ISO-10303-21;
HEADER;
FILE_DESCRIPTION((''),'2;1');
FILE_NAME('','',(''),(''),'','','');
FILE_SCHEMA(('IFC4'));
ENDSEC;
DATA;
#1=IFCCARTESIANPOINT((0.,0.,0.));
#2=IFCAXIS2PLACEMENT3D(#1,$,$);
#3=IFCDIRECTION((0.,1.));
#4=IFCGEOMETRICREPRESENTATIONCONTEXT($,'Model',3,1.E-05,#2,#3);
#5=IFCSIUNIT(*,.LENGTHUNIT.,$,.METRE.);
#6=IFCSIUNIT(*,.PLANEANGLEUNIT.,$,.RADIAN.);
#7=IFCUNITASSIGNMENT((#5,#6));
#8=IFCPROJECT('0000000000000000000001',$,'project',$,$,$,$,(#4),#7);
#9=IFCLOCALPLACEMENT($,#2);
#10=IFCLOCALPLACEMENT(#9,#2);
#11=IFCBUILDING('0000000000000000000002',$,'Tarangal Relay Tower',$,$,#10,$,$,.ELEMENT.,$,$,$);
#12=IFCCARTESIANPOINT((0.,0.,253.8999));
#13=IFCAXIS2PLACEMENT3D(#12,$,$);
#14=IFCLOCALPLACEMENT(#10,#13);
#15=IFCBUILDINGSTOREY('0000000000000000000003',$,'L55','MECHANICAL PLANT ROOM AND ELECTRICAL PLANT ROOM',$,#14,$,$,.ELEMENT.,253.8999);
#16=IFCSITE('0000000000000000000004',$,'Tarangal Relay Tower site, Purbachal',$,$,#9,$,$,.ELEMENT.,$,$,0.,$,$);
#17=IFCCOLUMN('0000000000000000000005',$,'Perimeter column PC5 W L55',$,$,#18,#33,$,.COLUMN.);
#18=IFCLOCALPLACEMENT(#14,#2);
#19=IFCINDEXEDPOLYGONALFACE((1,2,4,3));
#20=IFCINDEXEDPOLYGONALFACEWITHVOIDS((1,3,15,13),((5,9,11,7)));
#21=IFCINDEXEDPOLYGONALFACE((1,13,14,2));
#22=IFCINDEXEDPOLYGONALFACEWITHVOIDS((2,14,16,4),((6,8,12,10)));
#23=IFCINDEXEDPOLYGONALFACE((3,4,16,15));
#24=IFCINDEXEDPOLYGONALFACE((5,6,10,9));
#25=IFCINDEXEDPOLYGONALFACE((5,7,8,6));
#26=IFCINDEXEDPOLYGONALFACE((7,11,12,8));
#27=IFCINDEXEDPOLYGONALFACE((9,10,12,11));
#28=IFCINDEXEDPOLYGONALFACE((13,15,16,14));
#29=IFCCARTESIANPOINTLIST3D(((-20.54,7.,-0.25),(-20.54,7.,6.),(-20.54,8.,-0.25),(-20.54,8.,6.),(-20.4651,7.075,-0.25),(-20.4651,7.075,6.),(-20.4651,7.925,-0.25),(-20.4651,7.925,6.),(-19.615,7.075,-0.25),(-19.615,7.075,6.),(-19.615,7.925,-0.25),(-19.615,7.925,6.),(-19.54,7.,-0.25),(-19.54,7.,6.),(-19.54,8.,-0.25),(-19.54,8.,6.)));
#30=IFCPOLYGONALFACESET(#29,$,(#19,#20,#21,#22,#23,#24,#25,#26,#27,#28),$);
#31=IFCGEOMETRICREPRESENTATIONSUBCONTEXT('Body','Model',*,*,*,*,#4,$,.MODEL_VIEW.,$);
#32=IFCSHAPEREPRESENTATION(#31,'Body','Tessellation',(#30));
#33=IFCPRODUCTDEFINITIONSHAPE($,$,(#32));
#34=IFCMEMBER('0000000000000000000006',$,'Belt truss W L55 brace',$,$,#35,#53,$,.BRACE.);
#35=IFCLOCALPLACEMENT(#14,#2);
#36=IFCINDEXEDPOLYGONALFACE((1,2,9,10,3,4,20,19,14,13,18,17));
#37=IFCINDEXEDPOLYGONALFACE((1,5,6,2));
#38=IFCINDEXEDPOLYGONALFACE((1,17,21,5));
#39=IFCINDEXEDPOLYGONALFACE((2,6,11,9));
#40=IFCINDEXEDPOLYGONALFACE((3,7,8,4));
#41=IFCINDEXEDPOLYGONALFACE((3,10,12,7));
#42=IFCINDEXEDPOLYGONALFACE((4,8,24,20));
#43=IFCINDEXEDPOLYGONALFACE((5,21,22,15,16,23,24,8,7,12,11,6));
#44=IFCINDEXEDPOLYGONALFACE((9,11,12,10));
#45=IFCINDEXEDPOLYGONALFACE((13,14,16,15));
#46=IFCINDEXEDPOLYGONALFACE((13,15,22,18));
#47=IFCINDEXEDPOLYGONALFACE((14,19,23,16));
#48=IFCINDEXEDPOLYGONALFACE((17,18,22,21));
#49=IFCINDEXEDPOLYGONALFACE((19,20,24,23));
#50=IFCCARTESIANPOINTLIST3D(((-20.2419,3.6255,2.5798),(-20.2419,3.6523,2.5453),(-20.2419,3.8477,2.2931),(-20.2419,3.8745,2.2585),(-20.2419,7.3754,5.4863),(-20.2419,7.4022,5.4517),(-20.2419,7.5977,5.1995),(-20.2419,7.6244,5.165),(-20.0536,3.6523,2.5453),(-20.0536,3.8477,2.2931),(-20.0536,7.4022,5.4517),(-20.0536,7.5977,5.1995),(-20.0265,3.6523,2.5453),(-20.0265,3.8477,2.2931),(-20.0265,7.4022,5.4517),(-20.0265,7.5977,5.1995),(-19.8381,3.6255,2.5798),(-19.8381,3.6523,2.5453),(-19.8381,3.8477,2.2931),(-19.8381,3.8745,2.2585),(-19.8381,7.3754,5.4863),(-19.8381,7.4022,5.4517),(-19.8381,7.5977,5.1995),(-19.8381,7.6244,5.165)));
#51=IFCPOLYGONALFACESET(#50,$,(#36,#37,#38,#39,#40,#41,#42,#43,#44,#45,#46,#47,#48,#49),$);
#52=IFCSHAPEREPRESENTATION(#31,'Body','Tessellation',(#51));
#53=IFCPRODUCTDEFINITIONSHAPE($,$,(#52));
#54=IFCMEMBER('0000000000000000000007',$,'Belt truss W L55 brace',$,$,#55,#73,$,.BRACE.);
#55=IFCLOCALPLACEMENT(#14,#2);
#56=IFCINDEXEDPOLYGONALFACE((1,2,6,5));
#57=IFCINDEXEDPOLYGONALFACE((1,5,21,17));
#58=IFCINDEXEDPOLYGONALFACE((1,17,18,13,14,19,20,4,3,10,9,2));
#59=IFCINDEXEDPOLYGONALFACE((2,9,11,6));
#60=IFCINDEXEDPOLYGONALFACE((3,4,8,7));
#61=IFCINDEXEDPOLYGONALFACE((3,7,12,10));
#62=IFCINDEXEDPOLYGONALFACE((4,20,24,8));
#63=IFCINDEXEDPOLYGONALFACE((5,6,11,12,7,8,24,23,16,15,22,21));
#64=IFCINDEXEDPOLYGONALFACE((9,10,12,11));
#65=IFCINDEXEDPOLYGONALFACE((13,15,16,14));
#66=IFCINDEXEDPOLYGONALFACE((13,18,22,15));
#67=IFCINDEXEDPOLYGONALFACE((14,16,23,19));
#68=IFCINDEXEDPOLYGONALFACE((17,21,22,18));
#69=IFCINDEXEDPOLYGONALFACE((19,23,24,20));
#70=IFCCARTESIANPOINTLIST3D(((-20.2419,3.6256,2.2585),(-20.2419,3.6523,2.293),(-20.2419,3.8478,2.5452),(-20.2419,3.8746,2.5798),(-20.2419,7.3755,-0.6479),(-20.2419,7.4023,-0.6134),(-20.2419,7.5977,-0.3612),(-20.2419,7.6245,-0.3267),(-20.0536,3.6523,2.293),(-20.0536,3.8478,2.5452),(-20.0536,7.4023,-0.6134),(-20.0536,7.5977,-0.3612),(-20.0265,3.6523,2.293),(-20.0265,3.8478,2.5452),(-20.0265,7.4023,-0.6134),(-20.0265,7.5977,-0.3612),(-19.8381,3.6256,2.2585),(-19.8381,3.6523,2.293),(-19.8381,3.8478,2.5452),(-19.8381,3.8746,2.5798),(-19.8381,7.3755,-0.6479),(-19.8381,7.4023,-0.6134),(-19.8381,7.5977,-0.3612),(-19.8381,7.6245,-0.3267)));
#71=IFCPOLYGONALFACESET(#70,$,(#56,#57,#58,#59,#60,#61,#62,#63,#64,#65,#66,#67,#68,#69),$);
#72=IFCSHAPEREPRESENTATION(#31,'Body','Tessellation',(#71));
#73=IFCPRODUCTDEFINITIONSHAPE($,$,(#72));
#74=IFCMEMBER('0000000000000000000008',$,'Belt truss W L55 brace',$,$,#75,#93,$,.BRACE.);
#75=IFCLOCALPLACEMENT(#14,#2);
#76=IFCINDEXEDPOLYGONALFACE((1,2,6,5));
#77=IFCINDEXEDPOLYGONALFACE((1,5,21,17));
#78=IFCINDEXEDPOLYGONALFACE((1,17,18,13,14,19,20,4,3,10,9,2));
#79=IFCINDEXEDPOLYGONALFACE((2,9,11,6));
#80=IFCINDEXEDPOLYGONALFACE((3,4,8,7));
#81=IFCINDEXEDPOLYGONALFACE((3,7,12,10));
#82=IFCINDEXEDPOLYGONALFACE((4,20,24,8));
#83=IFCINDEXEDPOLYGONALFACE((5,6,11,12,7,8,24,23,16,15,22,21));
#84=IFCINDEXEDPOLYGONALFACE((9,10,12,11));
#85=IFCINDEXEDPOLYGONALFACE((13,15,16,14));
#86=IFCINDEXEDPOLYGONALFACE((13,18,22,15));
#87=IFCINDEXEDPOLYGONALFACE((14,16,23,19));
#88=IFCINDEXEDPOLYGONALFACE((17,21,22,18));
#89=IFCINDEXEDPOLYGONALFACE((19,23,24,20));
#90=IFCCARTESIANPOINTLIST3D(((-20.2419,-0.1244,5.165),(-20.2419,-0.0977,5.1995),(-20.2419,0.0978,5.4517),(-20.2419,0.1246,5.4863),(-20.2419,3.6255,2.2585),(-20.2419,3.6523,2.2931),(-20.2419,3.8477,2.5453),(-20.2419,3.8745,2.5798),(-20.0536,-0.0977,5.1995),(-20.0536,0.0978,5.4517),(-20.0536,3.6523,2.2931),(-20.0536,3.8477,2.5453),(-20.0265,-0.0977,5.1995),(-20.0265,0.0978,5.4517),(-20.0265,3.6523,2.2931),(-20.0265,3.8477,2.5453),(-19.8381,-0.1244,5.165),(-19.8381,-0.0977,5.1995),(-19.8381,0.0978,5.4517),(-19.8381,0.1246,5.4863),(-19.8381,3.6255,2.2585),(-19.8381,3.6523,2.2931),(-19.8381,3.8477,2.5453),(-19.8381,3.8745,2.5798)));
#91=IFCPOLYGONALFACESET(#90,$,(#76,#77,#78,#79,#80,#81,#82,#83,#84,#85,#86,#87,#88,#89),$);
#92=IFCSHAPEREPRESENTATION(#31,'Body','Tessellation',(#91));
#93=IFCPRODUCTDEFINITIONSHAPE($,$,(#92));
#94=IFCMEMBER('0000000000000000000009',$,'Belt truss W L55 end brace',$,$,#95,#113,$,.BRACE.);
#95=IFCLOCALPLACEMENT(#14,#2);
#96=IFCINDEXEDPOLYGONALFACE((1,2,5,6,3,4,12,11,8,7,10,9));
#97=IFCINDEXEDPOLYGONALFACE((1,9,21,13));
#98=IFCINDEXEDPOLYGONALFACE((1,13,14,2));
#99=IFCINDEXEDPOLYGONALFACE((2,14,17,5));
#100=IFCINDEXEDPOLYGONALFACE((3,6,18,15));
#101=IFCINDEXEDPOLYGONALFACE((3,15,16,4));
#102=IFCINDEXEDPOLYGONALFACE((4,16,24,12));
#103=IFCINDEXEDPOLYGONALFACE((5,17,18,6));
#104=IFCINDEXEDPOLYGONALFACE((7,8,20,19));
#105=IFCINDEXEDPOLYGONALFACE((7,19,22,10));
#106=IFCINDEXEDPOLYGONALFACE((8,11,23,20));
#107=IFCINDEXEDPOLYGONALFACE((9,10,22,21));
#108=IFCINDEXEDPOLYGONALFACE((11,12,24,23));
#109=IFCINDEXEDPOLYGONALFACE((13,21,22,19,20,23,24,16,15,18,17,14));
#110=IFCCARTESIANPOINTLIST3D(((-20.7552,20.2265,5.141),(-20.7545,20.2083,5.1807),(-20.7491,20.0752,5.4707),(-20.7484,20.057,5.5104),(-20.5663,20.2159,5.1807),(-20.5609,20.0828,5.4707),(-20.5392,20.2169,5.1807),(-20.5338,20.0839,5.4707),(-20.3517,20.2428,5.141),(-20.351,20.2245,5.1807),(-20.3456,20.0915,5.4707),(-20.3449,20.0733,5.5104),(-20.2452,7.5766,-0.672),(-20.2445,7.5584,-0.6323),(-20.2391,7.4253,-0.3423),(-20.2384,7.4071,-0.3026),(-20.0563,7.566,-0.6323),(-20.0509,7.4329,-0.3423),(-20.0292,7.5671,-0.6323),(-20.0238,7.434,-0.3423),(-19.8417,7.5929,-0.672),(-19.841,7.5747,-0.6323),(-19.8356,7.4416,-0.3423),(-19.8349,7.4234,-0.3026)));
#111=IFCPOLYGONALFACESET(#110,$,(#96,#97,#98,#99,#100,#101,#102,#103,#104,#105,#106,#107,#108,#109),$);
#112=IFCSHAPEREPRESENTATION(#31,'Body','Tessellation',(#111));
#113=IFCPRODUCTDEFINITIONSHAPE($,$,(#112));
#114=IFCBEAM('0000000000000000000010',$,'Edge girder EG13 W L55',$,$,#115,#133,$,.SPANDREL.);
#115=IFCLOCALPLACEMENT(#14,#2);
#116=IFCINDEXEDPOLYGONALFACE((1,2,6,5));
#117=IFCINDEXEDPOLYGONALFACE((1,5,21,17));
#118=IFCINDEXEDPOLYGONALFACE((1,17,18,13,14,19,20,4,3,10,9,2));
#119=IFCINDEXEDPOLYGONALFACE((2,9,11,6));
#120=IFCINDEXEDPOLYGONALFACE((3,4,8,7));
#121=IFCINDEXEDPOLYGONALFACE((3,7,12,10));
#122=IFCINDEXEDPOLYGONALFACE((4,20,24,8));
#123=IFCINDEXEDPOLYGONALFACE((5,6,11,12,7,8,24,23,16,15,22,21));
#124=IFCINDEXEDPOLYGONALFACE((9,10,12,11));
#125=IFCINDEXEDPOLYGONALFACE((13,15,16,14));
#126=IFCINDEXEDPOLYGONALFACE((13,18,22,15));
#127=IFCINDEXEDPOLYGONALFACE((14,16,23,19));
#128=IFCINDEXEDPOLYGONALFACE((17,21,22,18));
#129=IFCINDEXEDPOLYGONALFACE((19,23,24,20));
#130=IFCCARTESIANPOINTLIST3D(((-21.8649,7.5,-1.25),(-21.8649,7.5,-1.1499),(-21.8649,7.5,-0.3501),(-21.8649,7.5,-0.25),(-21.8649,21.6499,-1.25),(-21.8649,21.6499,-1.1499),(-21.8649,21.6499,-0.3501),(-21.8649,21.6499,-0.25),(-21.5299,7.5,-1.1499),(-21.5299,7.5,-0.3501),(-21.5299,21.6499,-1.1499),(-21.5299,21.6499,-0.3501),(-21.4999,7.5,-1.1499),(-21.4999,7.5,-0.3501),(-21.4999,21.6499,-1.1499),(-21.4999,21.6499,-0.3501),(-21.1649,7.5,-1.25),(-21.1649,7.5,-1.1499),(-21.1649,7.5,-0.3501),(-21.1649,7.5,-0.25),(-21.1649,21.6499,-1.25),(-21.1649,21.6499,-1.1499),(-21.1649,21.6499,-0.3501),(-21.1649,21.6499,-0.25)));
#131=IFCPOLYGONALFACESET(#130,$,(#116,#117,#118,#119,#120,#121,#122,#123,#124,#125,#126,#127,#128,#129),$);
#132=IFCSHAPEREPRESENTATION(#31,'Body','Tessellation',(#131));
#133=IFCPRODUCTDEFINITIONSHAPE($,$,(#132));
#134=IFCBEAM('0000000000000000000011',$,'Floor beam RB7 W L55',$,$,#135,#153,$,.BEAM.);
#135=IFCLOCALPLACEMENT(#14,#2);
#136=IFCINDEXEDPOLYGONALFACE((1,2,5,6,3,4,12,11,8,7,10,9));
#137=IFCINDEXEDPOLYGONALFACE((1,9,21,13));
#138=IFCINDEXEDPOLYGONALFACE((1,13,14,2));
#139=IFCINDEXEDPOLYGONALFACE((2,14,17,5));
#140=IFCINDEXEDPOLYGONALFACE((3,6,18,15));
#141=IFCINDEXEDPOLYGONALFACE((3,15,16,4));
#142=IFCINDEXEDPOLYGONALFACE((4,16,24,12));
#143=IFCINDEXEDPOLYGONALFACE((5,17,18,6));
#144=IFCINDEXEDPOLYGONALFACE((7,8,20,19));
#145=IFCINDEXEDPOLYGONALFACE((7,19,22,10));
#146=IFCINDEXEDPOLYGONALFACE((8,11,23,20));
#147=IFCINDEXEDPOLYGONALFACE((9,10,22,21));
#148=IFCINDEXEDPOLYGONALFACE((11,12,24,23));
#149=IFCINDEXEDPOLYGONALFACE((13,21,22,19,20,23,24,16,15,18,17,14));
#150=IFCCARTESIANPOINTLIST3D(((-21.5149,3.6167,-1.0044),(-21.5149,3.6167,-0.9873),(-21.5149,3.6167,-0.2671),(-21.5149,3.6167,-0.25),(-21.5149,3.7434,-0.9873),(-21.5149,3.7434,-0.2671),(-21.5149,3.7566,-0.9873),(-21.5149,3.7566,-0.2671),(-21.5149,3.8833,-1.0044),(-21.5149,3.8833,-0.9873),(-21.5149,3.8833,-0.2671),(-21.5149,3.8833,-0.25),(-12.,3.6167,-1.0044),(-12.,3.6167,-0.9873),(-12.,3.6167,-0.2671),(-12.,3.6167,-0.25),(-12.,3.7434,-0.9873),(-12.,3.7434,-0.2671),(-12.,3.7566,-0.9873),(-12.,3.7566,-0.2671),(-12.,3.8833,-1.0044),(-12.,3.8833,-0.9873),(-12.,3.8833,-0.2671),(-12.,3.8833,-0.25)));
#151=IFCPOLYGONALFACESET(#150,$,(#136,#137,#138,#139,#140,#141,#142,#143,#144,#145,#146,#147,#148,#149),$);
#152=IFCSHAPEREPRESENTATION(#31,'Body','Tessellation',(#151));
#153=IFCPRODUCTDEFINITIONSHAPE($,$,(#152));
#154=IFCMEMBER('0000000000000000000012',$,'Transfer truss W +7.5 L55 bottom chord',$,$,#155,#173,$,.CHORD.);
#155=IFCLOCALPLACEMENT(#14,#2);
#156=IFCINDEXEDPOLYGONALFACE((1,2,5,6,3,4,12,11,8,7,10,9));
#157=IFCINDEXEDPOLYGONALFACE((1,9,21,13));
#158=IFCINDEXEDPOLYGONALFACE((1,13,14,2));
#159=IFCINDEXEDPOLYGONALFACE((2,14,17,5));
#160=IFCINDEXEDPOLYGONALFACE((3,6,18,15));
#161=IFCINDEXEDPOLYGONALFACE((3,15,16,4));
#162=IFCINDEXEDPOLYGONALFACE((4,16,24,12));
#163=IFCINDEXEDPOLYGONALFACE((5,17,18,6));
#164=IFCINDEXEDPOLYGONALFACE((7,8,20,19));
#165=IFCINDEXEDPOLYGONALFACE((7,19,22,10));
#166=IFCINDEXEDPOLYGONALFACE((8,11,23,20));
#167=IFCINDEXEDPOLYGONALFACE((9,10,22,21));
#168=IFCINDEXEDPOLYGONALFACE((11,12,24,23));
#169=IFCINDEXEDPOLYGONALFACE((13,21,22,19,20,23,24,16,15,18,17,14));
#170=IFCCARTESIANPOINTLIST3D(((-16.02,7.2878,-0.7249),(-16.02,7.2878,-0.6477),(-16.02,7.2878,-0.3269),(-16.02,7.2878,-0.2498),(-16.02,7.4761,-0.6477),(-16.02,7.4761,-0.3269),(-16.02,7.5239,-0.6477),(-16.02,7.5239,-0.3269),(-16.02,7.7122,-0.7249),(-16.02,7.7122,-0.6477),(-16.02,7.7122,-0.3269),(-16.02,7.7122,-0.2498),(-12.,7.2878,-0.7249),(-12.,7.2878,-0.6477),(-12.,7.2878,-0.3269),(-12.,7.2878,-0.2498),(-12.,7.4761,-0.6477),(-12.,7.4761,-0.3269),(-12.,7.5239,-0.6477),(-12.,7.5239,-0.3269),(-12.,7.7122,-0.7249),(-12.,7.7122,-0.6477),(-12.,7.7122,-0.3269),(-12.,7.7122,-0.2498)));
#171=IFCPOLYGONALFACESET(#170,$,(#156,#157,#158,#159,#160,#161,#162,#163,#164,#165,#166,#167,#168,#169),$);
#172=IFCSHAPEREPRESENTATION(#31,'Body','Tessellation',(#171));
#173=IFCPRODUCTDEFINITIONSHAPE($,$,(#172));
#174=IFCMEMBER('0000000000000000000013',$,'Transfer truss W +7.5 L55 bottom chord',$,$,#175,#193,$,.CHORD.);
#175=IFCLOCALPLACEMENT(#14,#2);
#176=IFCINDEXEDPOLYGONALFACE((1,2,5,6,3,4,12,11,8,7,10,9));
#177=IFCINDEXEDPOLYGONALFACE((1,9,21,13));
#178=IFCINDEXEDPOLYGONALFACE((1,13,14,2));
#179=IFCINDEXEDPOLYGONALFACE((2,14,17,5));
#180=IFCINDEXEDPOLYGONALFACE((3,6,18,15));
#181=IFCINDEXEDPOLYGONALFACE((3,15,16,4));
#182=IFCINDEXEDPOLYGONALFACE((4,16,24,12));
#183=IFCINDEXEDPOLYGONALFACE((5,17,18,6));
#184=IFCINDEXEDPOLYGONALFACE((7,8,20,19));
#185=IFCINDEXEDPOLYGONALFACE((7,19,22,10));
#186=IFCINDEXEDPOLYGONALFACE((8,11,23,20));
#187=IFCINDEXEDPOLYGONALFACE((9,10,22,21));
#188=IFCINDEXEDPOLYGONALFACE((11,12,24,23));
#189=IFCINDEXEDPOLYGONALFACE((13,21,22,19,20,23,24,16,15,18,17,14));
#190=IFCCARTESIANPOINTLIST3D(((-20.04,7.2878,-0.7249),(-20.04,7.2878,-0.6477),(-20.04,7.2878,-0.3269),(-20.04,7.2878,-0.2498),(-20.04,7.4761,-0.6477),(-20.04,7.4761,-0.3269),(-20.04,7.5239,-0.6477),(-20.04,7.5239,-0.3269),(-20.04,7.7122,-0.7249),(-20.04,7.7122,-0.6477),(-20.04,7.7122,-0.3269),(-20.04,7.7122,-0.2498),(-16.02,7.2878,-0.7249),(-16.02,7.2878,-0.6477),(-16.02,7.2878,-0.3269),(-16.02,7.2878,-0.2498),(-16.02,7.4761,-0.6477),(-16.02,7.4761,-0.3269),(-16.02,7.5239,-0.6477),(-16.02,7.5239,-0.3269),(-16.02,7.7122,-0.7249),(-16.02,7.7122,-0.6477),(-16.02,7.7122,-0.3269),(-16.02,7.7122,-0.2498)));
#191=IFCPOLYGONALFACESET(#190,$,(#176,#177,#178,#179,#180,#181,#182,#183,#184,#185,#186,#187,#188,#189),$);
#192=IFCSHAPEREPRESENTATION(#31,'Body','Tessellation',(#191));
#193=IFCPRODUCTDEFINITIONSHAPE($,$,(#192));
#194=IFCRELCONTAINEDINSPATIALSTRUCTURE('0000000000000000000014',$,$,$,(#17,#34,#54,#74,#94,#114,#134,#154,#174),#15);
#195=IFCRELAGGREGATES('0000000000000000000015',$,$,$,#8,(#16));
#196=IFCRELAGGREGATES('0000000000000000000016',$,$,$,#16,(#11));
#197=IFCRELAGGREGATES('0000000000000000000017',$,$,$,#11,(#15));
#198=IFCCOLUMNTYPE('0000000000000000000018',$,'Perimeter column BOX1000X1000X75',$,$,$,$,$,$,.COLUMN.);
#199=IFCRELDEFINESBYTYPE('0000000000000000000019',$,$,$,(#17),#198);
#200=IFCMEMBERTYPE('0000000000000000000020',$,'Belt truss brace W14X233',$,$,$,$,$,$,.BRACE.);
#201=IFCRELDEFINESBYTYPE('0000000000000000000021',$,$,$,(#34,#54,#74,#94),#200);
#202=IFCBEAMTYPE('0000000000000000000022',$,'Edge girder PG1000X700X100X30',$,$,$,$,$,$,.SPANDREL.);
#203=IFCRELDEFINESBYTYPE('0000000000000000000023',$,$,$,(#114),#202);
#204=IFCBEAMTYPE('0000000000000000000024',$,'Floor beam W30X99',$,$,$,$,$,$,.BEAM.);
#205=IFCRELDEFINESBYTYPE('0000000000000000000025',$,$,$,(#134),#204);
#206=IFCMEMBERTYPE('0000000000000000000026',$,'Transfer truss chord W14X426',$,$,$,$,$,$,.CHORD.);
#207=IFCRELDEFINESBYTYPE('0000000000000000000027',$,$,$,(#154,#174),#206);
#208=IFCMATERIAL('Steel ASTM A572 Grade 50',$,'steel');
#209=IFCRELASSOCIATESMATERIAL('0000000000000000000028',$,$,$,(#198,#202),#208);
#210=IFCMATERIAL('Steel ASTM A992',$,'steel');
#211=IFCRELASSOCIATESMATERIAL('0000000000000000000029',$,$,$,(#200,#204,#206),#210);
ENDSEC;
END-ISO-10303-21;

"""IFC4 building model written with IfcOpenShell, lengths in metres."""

from ifc_helpers import new_model, si_unit, direction, frame, origin, origin_2d, place, context, subcontext, project, spatial, hollow_rectangle, i_section, extrude, material, material_profile, profile_set, type_object, element, save


model = new_model("IFC4")

# Units and contexts
model_context = context("Model", 3, precision=1e-05, world=origin(), true_north=direction((0.0, 1.0)))
body_context = subcontext(model_context, "Body", "Model", "MODEL_VIEW")
ifc_project = project(units=[si_unit("LENGTHUNIT", "METRE"), si_unit("PLANEANGLEUNIT", "RADIAN")], contexts=[model_context])

# Site, building, storey
site_placement = place(None, origin())
site = spatial("IfcSite", under=ifc_project, at=site_placement, Name="Tarangal Relay Tower site, Purbachal", CompositionType="ELEMENT", RefElevation=0.0)
building_placement = place(site_placement, origin())
building = spatial("IfcBuilding", under=site, at=building_placement, Name="Tarangal Relay Tower", CompositionType="ELEMENT")
storey_placement = place(building_placement, frame((0.0, 0.0, 253.8999)))
storey = spatial("IfcBuildingStorey", under=building, at=storey_placement, Name="L55", Description="MECHANICAL PLANT ROOM AND ELECTRICAL PLANT ROOM", CompositionType="ELEMENT", Elevation=253.8999)

# Column
ifc_material_1 = material(Name="Steel ASTM A572 Grade 50", Category="steel")
ifc_material_profile_1 = material_profile(ifc_material_1, hollow_rectangle(XDim=1.0, YDim=1.0, WallThickness=0.075, at=origin_2d()), Name="BOX1000X1000X75")
ifc_profile_set_1 = profile_set([ifc_material_profile_1], Name="Steel ASTM A572 Grade 50")
column_type = type_object("IfcColumnType", Name="Perimeter column BOX1000X1000X75", PredefinedType="COLUMN", material=ifc_profile_set_1)
column_placement = place(storey_placement, frame((-20.04, 7.5, -0.25), z_axis=(0.0, 0.0, 1.0), x_axis=(1.0, 0.0, 0.0)))
element("IfcColumn", 1, at=column_placement, inside=storey, type_object=column_type, Name="Perimeter column PC5 W L55", PredefinedType="COLUMN", context=body_context, shape_type="SweptSolid", body=[
    extrude(hollow_rectangle(XDim=1.0, YDim=1.0, WallThickness=0.075, at=origin_2d()), origin(), (0.0, 0.0, 1.0), 6.25),
])

# Members
ifc_material_2 = material(Name="Steel ASTM A992", Category="steel")
ifc_material_profile_2 = material_profile(ifc_material_2, i_section(OverallWidth=0.4038, OverallDepth=0.4065, WebThickness=0.0271, FlangeThickness=0.0437, at=origin_2d()), Name="W14X233")
ifc_profile_set_2 = profile_set([ifc_material_profile_2], Name="Steel ASTM A992")
member_type_1 = type_object("IfcMemberType", Name="Belt truss brace W14X233", PredefinedType="BRACE", material=ifc_profile_set_2)
for number, where, z_axis, x_axis, name in (
    (2, (-20.04, 3.75, 2.4192), (0.0, 0.79039, 0.612604), (-1.0, 0.0, 0.0), "Belt truss W L55 brace"),
    (3, (-20.04, 7.5, -0.4873), (0.0, -0.79039, 0.612604), (1.0, 0.0, 0.0), "Belt truss W L55 brace"),
    (4, (-20.04, 3.75, 2.4192), (0.0, -0.79039, 0.612604), (1.0, 0.0, 0.0), "Belt truss W L55 brace"),
):
    element("IfcMember", number, at=place(storey_placement, frame(where, z_axis=z_axis, x_axis=x_axis)), inside=storey, type_object=member_type_1, Name=name, PredefinedType="BRACE", context=body_context, shape_type="SweptSolid", body=[
        extrude(i_section(OverallWidth=0.4038, OverallDepth=0.4065, WebThickness=0.0271, FlangeThickness=0.0437, at=origin_2d()), origin(), (0.0, 0.0, 1.0), 4.7444),
    ])
member_1_placement = place(storey_placement, frame((-20.04, 7.5, -0.4873), z_axis=(-0.03661, 0.908044, 0.417272), x_axis=(-0.999188, -0.040285, 0.0)))
element("IfcMember", 5, at=member_1_placement, inside=storey, type_object=member_type_1, Name="Belt truss W L55 end brace", PredefinedType="BRACE", context=body_context, shape_type="SweptSolid", body=[
    extrude(i_section(OverallWidth=0.4038, OverallDepth=0.4065, WebThickness=0.0271, FlangeThickness=0.0437, at=origin_2d()), origin(), (0.0, 0.0, 1.0), 13.9309),
])

# Beams
ifc_material_profile_3 = material_profile(ifc_material_1, i_section(OverallWidth=0.7, OverallDepth=1.0, WebThickness=0.03, FlangeThickness=0.1001, at=origin_2d()), Name="PG1000X700X100X30")
ifc_profile_set_3 = profile_set([ifc_material_profile_3], Name="Steel ASTM A572 Grade 50")
beam_type_1 = type_object("IfcBeamType", Name="Edge girder PG1000X700X100X30", PredefinedType="SPANDREL", material=ifc_profile_set_3)
beam_1_placement = place(storey_placement, frame((-21.5149, 7.5, -0.75), z_axis=(0.0, 1.0, 0.0), x_axis=(-1.0, 0.0, 0.0)))
element("IfcBeam", 6, at=beam_1_placement, inside=storey, type_object=beam_type_1, Name="Edge girder EG13 W L55", PredefinedType="SPANDREL", context=body_context, shape_type="SweptSolid", body=[
    extrude(i_section(OverallWidth=0.7, OverallDepth=1.0, WebThickness=0.03, FlangeThickness=0.1001, at=origin_2d()), origin(), (0.0, 0.0, 1.0), 14.1499),
])
ifc_material_profile_4 = material_profile(ifc_material_2, i_section(OverallWidth=0.2666, OverallDepth=0.7544, WebThickness=0.0132, FlangeThickness=0.0171, at=origin_2d()), Name="W30X99")
ifc_profile_set_4 = profile_set([ifc_material_profile_4], Name="Steel ASTM A992")
beam_type_2 = type_object("IfcBeamType", Name="Floor beam W30X99", PredefinedType="BEAM", material=ifc_profile_set_4)
beam_2_placement = place(storey_placement, frame((-12.0, 3.75, -0.6272), z_axis=(-1.0, 0.0, 0.0), x_axis=(0.0, -1.0, 0.0)))
element("IfcBeam", 7, at=beam_2_placement, inside=storey, type_object=beam_type_2, Name="Floor beam RB7 W L55", PredefinedType="BEAM", context=body_context, shape_type="SweptSolid", body=[
    extrude(i_section(OverallWidth=0.2666, OverallDepth=0.7544, WebThickness=0.0132, FlangeThickness=0.0171, at=origin_2d()), origin(), (0.0, 0.0, 1.0), 9.5149),
])

# Members
ifc_material_profile_5 = material_profile(ifc_material_2, i_section(OverallWidth=0.4243, OverallDepth=0.4751, WebThickness=0.0479, FlangeThickness=0.0771, at=origin_2d()), Name="W14X426")
ifc_profile_set_5 = profile_set([ifc_material_profile_5], Name="Steel ASTM A992")
member_type_2 = type_object("IfcMemberType", Name="Transfer truss chord W14X426", PredefinedType="CHORD", material=ifc_profile_set_5)
for number, where, z_axis, x_axis, name in (
    (8, (-12.0, 7.5, -0.4873), (-1.0, 0.0, 0.0), (0.0, -1.0, 0.0), "Transfer truss W +7.5 L55 bottom chord"),
    (9, (-16.02, 7.5, -0.4873), (-1.0, 0.0, 0.0), (0.0, -1.0, 0.0), "Transfer truss W +7.5 L55 bottom chord"),
):
    element("IfcMember", number, at=place(storey_placement, frame(where, z_axis=z_axis, x_axis=x_axis)), inside=storey, type_object=member_type_2, Name=name, PredefinedType="CHORD", context=body_context, shape_type="SweptSolid", body=[
        extrude(i_section(OverallWidth=0.4243, OverallDepth=0.4751, WebThickness=0.0479, FlangeThickness=0.0771, at=origin_2d()), origin(), (0.0, 0.0, 1.0), 4.02),
    ])

save(model, "model.ifc")
